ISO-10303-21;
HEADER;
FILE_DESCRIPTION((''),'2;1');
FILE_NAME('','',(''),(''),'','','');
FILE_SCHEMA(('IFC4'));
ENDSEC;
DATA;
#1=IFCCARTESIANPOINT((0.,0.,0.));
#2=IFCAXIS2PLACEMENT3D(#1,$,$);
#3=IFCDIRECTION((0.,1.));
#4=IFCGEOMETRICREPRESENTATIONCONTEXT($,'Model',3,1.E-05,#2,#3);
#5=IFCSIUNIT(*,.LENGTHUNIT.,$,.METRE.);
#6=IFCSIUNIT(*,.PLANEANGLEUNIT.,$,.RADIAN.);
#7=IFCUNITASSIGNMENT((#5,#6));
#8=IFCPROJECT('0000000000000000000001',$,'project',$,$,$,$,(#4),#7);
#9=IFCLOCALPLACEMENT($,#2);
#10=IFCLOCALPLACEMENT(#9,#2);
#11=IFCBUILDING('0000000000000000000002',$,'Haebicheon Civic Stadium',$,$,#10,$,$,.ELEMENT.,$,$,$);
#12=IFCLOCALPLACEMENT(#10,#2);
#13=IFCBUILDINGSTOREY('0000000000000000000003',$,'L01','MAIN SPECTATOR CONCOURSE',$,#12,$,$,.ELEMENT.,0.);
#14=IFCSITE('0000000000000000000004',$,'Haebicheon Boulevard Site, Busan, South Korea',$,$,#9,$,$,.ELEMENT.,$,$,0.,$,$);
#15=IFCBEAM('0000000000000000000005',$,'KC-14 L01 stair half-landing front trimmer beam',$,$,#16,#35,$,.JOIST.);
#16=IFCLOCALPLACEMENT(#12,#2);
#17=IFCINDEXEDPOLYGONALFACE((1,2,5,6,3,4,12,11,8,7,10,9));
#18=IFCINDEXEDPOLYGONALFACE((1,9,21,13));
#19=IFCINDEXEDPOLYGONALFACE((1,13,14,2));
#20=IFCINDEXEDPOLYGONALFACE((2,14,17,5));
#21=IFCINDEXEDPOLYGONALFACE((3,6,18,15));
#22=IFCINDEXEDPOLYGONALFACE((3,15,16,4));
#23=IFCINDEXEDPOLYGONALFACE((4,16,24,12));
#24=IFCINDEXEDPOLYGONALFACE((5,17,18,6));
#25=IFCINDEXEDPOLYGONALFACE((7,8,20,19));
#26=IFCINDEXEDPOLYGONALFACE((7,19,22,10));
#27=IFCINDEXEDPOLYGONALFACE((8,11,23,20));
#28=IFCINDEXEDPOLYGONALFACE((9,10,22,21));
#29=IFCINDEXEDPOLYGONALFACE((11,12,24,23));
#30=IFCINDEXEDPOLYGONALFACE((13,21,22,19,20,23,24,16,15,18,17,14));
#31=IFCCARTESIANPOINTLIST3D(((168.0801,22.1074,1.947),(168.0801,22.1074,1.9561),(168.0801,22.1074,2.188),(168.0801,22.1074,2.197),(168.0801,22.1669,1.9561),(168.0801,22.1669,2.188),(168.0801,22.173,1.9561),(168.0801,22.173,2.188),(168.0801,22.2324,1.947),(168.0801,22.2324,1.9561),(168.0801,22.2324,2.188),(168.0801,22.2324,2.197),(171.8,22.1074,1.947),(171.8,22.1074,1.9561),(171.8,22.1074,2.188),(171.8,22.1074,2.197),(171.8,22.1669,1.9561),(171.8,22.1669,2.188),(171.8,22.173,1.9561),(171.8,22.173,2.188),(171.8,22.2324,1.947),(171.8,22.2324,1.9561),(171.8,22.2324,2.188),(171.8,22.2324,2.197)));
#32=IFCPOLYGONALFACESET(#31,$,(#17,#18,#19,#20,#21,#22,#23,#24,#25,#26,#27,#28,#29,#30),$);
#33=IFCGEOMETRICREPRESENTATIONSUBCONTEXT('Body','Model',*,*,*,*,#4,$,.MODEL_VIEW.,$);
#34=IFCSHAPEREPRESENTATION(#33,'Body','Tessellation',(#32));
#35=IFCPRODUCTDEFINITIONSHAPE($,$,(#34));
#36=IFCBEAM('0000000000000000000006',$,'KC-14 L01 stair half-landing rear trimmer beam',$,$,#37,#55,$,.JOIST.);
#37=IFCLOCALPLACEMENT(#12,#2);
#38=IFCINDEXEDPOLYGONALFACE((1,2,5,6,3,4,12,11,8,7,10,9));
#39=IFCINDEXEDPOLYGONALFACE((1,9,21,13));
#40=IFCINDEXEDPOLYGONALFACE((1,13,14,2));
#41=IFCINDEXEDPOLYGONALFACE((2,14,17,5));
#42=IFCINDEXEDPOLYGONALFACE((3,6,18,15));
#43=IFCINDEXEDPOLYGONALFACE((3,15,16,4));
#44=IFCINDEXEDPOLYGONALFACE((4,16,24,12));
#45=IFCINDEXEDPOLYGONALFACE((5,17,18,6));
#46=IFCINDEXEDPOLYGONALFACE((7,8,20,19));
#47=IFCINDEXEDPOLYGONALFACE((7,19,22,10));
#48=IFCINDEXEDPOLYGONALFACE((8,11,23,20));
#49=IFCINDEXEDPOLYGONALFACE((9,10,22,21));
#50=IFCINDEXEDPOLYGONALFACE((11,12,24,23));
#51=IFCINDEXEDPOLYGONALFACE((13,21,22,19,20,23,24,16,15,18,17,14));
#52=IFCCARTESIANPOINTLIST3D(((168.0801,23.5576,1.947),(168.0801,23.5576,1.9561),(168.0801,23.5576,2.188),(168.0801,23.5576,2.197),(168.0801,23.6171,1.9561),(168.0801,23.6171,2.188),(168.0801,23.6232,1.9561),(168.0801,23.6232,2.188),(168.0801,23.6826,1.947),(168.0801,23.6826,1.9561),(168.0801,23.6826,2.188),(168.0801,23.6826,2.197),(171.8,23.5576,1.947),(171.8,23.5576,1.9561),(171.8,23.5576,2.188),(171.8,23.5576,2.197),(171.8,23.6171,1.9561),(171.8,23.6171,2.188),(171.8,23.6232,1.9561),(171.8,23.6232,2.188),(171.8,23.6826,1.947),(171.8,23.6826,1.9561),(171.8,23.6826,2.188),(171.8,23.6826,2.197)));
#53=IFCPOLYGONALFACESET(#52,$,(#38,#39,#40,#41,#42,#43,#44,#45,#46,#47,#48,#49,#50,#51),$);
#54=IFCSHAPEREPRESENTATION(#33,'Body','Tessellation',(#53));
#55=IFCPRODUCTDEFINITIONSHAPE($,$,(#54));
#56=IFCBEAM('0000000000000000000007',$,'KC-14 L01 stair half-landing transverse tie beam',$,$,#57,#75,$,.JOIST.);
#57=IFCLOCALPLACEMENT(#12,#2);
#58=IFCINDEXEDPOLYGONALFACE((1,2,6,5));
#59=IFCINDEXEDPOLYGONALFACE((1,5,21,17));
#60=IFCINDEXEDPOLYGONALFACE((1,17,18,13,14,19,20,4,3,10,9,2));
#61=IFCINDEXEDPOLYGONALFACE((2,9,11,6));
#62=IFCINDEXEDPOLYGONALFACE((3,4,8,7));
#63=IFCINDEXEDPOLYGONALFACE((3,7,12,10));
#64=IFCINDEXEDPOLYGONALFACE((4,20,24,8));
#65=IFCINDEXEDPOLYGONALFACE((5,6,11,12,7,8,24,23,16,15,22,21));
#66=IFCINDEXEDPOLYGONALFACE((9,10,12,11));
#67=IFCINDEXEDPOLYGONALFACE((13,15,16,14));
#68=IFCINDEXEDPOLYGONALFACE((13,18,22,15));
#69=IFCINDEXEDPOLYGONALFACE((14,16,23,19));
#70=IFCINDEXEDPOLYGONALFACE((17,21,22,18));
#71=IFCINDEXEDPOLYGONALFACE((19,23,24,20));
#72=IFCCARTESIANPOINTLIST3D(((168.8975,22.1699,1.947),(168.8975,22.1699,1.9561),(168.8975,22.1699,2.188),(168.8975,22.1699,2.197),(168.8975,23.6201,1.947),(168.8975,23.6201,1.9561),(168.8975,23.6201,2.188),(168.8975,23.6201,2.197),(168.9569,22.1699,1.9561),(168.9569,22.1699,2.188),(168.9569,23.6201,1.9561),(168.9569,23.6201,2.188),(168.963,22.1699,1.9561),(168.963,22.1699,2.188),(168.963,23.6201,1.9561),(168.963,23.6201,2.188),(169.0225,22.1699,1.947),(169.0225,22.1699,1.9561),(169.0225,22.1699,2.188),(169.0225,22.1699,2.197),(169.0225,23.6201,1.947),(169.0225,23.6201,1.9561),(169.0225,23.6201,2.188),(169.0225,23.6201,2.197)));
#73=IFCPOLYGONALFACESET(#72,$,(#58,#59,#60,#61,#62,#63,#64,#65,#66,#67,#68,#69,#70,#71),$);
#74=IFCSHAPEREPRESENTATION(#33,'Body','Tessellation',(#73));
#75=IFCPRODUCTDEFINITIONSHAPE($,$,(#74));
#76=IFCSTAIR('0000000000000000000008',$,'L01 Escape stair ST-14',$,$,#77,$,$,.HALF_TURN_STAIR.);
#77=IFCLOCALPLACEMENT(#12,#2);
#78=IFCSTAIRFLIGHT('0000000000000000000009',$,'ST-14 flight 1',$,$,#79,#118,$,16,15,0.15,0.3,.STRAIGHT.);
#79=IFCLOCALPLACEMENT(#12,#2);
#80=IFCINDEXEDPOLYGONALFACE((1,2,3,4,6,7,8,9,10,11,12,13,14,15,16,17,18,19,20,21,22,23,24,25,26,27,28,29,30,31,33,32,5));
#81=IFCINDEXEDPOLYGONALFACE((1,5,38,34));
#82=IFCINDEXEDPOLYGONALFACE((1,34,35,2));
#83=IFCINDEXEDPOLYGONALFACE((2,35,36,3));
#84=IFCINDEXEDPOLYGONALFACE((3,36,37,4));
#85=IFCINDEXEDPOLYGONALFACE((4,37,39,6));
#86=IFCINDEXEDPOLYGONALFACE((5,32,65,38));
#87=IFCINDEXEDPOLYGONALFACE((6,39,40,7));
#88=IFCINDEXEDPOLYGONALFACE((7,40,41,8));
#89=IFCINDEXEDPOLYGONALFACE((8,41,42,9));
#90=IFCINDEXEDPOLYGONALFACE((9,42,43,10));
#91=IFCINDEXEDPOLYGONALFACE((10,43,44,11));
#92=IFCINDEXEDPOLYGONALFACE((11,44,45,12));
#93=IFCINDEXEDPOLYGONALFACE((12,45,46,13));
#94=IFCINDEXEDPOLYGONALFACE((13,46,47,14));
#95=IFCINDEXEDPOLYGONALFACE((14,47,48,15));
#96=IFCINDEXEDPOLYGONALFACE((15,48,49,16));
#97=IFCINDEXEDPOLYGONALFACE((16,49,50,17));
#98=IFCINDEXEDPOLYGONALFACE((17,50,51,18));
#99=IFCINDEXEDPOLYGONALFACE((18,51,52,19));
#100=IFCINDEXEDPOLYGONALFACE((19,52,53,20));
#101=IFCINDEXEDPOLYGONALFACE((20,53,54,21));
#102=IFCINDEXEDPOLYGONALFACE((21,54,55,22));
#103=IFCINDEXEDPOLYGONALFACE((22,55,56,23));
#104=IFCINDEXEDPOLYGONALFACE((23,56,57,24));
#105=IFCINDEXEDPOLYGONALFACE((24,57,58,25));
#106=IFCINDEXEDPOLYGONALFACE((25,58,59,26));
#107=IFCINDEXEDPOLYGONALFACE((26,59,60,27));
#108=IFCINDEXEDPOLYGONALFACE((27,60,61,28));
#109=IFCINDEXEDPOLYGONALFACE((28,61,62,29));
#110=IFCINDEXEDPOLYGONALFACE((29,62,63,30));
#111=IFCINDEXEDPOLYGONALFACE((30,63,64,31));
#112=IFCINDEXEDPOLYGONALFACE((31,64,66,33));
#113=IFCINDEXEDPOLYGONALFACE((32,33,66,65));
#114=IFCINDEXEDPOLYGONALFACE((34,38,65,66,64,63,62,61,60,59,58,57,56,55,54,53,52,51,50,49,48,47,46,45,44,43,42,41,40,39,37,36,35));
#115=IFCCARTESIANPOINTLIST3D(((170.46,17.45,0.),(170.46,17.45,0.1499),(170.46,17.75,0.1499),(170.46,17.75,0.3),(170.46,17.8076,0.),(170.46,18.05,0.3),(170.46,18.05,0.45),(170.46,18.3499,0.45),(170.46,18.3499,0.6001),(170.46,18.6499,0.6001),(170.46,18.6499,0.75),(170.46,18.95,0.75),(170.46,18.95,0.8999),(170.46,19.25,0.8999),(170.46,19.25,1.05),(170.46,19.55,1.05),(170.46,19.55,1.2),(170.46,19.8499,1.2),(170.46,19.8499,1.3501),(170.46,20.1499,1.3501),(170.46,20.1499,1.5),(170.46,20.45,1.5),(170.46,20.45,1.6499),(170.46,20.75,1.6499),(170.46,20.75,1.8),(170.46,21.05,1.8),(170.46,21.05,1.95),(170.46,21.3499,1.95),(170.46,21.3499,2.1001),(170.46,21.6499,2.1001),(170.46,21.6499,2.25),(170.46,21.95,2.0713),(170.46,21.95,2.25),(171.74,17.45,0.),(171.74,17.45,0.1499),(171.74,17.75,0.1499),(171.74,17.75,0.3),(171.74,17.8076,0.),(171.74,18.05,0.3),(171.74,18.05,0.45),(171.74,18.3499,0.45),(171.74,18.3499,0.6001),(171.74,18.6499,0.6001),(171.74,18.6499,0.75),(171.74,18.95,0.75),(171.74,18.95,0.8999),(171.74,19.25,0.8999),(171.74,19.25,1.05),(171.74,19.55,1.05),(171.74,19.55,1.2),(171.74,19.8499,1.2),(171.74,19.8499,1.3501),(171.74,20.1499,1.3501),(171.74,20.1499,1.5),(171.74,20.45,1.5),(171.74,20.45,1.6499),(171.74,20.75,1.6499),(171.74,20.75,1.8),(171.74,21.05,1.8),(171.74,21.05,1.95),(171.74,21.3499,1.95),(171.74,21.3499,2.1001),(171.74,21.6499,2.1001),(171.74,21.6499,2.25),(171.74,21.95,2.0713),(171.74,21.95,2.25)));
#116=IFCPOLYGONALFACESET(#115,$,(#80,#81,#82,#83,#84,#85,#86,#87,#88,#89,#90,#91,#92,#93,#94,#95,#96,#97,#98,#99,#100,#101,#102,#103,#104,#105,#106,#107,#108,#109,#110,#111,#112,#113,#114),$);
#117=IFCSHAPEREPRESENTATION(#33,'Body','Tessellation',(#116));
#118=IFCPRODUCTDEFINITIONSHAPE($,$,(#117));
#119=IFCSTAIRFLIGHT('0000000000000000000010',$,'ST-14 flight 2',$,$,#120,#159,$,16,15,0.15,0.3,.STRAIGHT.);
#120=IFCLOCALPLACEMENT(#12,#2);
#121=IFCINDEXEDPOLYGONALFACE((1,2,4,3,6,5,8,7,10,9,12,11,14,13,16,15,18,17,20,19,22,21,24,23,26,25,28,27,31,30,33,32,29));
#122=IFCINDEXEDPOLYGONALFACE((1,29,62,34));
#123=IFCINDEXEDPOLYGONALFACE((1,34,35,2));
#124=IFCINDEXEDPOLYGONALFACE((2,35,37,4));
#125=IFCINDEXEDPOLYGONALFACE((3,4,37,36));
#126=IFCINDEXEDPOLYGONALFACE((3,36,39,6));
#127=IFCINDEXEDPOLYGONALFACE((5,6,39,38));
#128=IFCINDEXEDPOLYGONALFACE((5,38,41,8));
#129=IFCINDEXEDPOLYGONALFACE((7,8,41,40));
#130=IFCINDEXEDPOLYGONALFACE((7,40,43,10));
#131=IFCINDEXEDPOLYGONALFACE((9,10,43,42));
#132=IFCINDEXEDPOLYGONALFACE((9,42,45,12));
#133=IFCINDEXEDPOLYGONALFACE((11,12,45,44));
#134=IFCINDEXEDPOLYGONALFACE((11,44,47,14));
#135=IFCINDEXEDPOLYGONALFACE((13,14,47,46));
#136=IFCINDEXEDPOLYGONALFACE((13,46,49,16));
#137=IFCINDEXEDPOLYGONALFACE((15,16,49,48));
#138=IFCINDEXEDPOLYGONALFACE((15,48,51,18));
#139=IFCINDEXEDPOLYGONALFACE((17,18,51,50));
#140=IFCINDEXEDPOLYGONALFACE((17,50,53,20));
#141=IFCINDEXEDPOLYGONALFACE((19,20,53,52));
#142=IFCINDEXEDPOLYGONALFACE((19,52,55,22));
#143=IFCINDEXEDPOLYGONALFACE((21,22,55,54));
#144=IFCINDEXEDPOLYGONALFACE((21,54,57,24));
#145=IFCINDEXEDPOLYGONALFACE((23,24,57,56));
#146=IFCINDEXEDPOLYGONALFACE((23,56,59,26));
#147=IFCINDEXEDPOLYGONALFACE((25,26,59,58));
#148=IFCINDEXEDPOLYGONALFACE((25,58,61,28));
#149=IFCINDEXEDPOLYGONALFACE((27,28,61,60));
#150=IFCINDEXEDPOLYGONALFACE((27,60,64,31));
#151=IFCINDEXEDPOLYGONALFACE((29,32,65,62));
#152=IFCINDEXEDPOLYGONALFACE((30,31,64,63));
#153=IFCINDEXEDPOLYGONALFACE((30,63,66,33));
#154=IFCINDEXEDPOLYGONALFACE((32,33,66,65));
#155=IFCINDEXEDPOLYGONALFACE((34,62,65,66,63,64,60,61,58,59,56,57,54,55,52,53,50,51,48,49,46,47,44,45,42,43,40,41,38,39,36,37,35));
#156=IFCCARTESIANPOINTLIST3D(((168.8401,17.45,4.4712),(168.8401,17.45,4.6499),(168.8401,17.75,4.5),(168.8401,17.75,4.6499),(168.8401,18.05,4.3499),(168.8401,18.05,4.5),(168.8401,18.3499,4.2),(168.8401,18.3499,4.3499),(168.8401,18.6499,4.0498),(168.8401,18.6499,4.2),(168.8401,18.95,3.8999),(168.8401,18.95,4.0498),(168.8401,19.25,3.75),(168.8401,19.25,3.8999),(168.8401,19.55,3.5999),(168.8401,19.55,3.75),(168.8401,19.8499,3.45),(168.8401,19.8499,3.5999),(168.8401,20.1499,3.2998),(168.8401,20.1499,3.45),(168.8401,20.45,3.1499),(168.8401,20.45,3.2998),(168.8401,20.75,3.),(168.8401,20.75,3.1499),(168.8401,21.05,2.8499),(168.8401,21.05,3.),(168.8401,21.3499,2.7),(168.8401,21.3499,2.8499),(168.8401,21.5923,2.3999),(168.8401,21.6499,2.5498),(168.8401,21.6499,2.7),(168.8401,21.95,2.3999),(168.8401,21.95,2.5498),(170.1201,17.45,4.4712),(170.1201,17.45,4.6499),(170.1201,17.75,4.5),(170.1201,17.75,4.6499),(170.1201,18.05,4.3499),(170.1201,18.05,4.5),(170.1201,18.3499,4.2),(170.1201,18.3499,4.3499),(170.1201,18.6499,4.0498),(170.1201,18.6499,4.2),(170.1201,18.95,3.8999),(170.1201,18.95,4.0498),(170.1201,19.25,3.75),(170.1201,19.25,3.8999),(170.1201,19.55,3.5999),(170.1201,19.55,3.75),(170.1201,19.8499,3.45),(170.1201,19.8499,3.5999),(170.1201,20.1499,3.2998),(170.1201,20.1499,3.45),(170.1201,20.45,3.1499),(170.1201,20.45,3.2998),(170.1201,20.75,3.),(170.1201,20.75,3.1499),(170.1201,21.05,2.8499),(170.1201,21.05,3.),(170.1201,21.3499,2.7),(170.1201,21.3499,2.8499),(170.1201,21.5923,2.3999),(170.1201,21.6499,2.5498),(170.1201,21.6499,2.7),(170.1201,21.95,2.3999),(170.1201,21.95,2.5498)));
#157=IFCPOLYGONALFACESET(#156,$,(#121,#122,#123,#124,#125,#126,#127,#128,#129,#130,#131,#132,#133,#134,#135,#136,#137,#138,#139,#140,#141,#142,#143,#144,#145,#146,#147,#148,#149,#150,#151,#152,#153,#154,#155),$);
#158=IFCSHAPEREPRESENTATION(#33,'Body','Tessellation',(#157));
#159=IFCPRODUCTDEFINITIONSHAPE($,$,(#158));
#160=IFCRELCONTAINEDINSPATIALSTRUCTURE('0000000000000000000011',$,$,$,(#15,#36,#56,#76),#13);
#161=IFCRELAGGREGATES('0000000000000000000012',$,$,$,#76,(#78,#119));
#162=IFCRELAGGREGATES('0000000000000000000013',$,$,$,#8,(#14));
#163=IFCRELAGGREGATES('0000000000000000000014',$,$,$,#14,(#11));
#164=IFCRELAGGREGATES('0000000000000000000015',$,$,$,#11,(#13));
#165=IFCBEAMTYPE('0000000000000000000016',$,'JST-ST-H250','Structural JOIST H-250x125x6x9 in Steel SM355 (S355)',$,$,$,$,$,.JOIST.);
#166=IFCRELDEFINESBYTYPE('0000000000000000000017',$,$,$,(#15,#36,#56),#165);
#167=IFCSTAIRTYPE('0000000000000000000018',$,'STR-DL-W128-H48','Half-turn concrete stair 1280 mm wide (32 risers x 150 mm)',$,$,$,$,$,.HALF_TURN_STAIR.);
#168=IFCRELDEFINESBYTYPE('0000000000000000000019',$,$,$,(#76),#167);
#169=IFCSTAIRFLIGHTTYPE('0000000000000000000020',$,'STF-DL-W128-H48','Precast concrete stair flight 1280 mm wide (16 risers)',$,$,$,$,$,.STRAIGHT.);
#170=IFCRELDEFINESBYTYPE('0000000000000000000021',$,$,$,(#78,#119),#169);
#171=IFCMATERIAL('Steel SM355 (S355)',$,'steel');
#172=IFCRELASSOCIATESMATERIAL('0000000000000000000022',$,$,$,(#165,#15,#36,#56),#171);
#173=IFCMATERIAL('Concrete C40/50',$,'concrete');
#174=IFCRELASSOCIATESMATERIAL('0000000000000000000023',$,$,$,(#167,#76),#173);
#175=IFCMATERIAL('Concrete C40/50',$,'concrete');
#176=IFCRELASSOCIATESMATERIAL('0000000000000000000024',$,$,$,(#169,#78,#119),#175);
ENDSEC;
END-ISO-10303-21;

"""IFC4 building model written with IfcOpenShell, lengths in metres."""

from ifc_helpers import new_model, si_unit, direction, frame, origin, origin_2d, place, context, subcontext, project, spatial, polyline, i_section, outline, extrude, material, material_profile, profile_set, type_object, element, aggregate, save


model = new_model("IFC4")

# Units and contexts
model_context = context("Model", 3, precision=1e-05, world=origin(), true_north=direction((0.0, 1.0)))
body_context = subcontext(model_context, "Body", "Model", "MODEL_VIEW")
ifc_project = project(units=[si_unit("LENGTHUNIT", "METRE"), si_unit("PLANEANGLEUNIT", "RADIAN")], contexts=[model_context])

# Site, building, storey
site_placement = place(None, origin())
site = spatial("IfcSite", under=ifc_project, at=site_placement, Name="Haebicheon Boulevard Site, Busan, South Korea", CompositionType="ELEMENT", RefElevation=0.0)
building_placement = place(site_placement, origin())
building = spatial("IfcBuilding", under=site, at=building_placement, Name="Haebicheon Civic Stadium", CompositionType="ELEMENT")
storey_placement = place(building_placement, origin())
storey = spatial("IfcBuildingStorey", under=building, at=storey_placement, Name="L01", Description="MAIN SPECTATOR CONCOURSE", CompositionType="ELEMENT", Elevation=0.0)

# Beams
ifc_material_1 = material(Name="Steel SM355 (S355)", Category="steel")
ifc_material_profile = material_profile(ifc_material_1, i_section(OverallWidth=0.125, OverallDepth=0.25, WebThickness=0.0061, FlangeThickness=0.009, at=origin_2d()), Name="H-250x125x6x9")
ifc_profile_set = profile_set([ifc_material_profile], Name="Steel SM355 (S355)")
beam_type = type_object("IfcBeamType", Name="JST-ST-H250", Description="Structural JOIST H-250x125x6x9 in Steel SM355 (S355)", PredefinedType="JOIST", material=ifc_profile_set)
for number, where, z_axis, x_axis, name in (
    (1, (168.0801, 22.1699, 2.072), (1.0, 0.0, 0.0), (0.0, 1.0, 0.0), "KC-14 L01 stair half-landing front trimmer beam"),
    (2, (168.0801, 23.6201, 2.072), (1.0, 0.0, 0.0), (0.0, 1.0, 0.0), "KC-14 L01 stair half-landing rear trimmer beam"),
):
    element("IfcBeam", number, at=place(storey_placement, frame(where, z_axis=z_axis, x_axis=x_axis)), inside=storey, type_object=beam_type, material=ifc_profile_set, Name=name, PredefinedType="JOIST", context=body_context, shape_type="SweptSolid", body=[
        extrude(i_section(OverallWidth=0.125, OverallDepth=0.25, WebThickness=0.0061, FlangeThickness=0.009, at=origin_2d()), origin(), (0.0, 0.0, 1.0), 3.72),
    ])
beam_placement = place(storey_placement, frame((168.96, 22.1699, 2.072), z_axis=(0.0, 1.0, 0.0), x_axis=(-1.0, 0.0, 0.0)))
element("IfcBeam", 3, at=beam_placement, inside=storey, type_object=beam_type, material=ifc_profile_set, Name="KC-14 L01 stair half-landing transverse tie beam", PredefinedType="JOIST", context=body_context, shape_type="SweptSolid", body=[
    extrude(i_section(OverallWidth=0.125, OverallDepth=0.25, WebThickness=0.0061, FlangeThickness=0.009, at=origin_2d()), origin(), (0.0, 0.0, 1.0), 1.4502),
])

# Stair, stair flights
ifc_material_2 = material(Name="Concrete C40/50", Category="concrete")
stair_type = type_object("IfcStairType", Name="STR-DL-W128-H48", Description="Half-turn concrete stair 1280 mm wide (32 risers x 150 mm)", PredefinedType="HALF_TURN_STAIR", material=ifc_material_2)
stair_placement = place(storey_placement, origin())
stair = element("IfcStair", 4, at=stair_placement, inside=storey, type_object=stair_type, material=ifc_material_2, Name="L01 Escape stair ST-14", PredefinedType="HALF_TURN_STAIR")
ifc_material_3 = material(Name="Concrete C40/50", Category="concrete")
stair_flight_type = type_object("IfcStairFlightType", Name="STF-DL-W128-H48", Description="Precast concrete stair flight 1280 mm wide (16 risers)", PredefinedType="STRAIGHT", material=ifc_material_3)
stair_flight_1_placement = place(storey_placement, frame((171.1001, 17.45, 0.0), z_axis=(0.0, 0.0, 1.0), x_axis=(0.0, 1.0, 0.0)))
stair_flight_1 = element("IfcStairFlight", 5, at=stair_flight_1_placement, type_object=stair_flight_type, material=ifc_material_3, Name="ST-14 flight 1", NumberOfRisers=16, NumberOfTreads=15, PredefinedType="STRAIGHT", RiserHeight=0.15, TreadLength=0.3, context=body_context, shape_type="SweptSolid", body=[
    extrude(outline(polyline([(0.0, 0.0), (0.0, 0.1499), (0.3, 0.1499), (0.3, 0.3), (0.6001, 0.3), (0.6001, 0.45), (0.8999, 0.45), (0.8999, 0.6001), (1.2, 0.6001), (1.2, 0.75), (1.5, 0.75), (1.5, 0.8999), (1.8, 0.8999), (1.8, 1.05), (2.1001, 1.05), (2.1001, 1.2), (2.3999, 1.2), (2.3999, 1.3501), (2.7, 1.3501), (2.7, 1.5), (3.0, 1.5), (3.0, 1.6499), (3.3, 1.6499), (3.3, 1.8), (3.6001, 1.8), (3.6001, 1.95), (3.8999, 1.95), (3.8999, 2.1001), (4.2, 2.1001), (4.2, 2.25), (4.5, 2.25), (4.5, 2.3999), (4.5, 2.0713), (0.3577, 0.0), (0.0, 0.0)])), frame((0.0, 0.6401, 0.0), z_axis=(0.0, -1.0, 0.0), x_axis=(1.0, 0.0, 0.0)), (0.0, 0.0, 1.0), 1.28),
])
stair_flight_2_placement = place(storey_placement, frame((169.48, 21.95, 2.3999), z_axis=(0.0, 0.0, 1.0), x_axis=(0.0, -1.0, 0.0)))
stair_flight_2 = element("IfcStairFlight", 6, at=stair_flight_2_placement, type_object=stair_flight_type, material=ifc_material_3, Name="ST-14 flight 2", NumberOfRisers=16, NumberOfTreads=15, PredefinedType="STRAIGHT", RiserHeight=0.15, TreadLength=0.3, context=body_context, shape_type="SweptSolid", body=[
    extrude(outline(polyline([(0.0, 0.0), (0.0, 0.1499), (0.3, 0.1499), (0.3, 0.3), (0.6001, 0.3), (0.6001, 0.45), (0.8999, 0.45), (0.8999, 0.6001), (1.2, 0.6001), (1.2, 0.75), (1.5, 0.75), (1.5, 0.8999), (1.8, 0.8999), (1.8, 1.05), (2.1001, 1.05), (2.1001, 1.2), (2.3999, 1.2), (2.3999, 1.3501), (2.7, 1.3501), (2.7, 1.5), (3.0, 1.5), (3.0, 1.6499), (3.3, 1.6499), (3.3, 1.8), (3.6001, 1.8), (3.6001, 1.95), (3.8999, 1.95), (3.8999, 2.1001), (4.2, 2.1001), (4.2, 2.25), (4.5, 2.25), (4.5, 2.3999), (4.5, 2.0713), (0.3577, 0.0), (0.0, 0.0)])), frame((0.0, 0.6401, 0.0), z_axis=(0.0, -1.0, 0.0), x_axis=(1.0, 0.0, 0.0)), (0.0, 0.0, 1.0), 1.28),
])
aggregate(stair, [stair_flight_1, stair_flight_2])

save(model, "model.ifc")
